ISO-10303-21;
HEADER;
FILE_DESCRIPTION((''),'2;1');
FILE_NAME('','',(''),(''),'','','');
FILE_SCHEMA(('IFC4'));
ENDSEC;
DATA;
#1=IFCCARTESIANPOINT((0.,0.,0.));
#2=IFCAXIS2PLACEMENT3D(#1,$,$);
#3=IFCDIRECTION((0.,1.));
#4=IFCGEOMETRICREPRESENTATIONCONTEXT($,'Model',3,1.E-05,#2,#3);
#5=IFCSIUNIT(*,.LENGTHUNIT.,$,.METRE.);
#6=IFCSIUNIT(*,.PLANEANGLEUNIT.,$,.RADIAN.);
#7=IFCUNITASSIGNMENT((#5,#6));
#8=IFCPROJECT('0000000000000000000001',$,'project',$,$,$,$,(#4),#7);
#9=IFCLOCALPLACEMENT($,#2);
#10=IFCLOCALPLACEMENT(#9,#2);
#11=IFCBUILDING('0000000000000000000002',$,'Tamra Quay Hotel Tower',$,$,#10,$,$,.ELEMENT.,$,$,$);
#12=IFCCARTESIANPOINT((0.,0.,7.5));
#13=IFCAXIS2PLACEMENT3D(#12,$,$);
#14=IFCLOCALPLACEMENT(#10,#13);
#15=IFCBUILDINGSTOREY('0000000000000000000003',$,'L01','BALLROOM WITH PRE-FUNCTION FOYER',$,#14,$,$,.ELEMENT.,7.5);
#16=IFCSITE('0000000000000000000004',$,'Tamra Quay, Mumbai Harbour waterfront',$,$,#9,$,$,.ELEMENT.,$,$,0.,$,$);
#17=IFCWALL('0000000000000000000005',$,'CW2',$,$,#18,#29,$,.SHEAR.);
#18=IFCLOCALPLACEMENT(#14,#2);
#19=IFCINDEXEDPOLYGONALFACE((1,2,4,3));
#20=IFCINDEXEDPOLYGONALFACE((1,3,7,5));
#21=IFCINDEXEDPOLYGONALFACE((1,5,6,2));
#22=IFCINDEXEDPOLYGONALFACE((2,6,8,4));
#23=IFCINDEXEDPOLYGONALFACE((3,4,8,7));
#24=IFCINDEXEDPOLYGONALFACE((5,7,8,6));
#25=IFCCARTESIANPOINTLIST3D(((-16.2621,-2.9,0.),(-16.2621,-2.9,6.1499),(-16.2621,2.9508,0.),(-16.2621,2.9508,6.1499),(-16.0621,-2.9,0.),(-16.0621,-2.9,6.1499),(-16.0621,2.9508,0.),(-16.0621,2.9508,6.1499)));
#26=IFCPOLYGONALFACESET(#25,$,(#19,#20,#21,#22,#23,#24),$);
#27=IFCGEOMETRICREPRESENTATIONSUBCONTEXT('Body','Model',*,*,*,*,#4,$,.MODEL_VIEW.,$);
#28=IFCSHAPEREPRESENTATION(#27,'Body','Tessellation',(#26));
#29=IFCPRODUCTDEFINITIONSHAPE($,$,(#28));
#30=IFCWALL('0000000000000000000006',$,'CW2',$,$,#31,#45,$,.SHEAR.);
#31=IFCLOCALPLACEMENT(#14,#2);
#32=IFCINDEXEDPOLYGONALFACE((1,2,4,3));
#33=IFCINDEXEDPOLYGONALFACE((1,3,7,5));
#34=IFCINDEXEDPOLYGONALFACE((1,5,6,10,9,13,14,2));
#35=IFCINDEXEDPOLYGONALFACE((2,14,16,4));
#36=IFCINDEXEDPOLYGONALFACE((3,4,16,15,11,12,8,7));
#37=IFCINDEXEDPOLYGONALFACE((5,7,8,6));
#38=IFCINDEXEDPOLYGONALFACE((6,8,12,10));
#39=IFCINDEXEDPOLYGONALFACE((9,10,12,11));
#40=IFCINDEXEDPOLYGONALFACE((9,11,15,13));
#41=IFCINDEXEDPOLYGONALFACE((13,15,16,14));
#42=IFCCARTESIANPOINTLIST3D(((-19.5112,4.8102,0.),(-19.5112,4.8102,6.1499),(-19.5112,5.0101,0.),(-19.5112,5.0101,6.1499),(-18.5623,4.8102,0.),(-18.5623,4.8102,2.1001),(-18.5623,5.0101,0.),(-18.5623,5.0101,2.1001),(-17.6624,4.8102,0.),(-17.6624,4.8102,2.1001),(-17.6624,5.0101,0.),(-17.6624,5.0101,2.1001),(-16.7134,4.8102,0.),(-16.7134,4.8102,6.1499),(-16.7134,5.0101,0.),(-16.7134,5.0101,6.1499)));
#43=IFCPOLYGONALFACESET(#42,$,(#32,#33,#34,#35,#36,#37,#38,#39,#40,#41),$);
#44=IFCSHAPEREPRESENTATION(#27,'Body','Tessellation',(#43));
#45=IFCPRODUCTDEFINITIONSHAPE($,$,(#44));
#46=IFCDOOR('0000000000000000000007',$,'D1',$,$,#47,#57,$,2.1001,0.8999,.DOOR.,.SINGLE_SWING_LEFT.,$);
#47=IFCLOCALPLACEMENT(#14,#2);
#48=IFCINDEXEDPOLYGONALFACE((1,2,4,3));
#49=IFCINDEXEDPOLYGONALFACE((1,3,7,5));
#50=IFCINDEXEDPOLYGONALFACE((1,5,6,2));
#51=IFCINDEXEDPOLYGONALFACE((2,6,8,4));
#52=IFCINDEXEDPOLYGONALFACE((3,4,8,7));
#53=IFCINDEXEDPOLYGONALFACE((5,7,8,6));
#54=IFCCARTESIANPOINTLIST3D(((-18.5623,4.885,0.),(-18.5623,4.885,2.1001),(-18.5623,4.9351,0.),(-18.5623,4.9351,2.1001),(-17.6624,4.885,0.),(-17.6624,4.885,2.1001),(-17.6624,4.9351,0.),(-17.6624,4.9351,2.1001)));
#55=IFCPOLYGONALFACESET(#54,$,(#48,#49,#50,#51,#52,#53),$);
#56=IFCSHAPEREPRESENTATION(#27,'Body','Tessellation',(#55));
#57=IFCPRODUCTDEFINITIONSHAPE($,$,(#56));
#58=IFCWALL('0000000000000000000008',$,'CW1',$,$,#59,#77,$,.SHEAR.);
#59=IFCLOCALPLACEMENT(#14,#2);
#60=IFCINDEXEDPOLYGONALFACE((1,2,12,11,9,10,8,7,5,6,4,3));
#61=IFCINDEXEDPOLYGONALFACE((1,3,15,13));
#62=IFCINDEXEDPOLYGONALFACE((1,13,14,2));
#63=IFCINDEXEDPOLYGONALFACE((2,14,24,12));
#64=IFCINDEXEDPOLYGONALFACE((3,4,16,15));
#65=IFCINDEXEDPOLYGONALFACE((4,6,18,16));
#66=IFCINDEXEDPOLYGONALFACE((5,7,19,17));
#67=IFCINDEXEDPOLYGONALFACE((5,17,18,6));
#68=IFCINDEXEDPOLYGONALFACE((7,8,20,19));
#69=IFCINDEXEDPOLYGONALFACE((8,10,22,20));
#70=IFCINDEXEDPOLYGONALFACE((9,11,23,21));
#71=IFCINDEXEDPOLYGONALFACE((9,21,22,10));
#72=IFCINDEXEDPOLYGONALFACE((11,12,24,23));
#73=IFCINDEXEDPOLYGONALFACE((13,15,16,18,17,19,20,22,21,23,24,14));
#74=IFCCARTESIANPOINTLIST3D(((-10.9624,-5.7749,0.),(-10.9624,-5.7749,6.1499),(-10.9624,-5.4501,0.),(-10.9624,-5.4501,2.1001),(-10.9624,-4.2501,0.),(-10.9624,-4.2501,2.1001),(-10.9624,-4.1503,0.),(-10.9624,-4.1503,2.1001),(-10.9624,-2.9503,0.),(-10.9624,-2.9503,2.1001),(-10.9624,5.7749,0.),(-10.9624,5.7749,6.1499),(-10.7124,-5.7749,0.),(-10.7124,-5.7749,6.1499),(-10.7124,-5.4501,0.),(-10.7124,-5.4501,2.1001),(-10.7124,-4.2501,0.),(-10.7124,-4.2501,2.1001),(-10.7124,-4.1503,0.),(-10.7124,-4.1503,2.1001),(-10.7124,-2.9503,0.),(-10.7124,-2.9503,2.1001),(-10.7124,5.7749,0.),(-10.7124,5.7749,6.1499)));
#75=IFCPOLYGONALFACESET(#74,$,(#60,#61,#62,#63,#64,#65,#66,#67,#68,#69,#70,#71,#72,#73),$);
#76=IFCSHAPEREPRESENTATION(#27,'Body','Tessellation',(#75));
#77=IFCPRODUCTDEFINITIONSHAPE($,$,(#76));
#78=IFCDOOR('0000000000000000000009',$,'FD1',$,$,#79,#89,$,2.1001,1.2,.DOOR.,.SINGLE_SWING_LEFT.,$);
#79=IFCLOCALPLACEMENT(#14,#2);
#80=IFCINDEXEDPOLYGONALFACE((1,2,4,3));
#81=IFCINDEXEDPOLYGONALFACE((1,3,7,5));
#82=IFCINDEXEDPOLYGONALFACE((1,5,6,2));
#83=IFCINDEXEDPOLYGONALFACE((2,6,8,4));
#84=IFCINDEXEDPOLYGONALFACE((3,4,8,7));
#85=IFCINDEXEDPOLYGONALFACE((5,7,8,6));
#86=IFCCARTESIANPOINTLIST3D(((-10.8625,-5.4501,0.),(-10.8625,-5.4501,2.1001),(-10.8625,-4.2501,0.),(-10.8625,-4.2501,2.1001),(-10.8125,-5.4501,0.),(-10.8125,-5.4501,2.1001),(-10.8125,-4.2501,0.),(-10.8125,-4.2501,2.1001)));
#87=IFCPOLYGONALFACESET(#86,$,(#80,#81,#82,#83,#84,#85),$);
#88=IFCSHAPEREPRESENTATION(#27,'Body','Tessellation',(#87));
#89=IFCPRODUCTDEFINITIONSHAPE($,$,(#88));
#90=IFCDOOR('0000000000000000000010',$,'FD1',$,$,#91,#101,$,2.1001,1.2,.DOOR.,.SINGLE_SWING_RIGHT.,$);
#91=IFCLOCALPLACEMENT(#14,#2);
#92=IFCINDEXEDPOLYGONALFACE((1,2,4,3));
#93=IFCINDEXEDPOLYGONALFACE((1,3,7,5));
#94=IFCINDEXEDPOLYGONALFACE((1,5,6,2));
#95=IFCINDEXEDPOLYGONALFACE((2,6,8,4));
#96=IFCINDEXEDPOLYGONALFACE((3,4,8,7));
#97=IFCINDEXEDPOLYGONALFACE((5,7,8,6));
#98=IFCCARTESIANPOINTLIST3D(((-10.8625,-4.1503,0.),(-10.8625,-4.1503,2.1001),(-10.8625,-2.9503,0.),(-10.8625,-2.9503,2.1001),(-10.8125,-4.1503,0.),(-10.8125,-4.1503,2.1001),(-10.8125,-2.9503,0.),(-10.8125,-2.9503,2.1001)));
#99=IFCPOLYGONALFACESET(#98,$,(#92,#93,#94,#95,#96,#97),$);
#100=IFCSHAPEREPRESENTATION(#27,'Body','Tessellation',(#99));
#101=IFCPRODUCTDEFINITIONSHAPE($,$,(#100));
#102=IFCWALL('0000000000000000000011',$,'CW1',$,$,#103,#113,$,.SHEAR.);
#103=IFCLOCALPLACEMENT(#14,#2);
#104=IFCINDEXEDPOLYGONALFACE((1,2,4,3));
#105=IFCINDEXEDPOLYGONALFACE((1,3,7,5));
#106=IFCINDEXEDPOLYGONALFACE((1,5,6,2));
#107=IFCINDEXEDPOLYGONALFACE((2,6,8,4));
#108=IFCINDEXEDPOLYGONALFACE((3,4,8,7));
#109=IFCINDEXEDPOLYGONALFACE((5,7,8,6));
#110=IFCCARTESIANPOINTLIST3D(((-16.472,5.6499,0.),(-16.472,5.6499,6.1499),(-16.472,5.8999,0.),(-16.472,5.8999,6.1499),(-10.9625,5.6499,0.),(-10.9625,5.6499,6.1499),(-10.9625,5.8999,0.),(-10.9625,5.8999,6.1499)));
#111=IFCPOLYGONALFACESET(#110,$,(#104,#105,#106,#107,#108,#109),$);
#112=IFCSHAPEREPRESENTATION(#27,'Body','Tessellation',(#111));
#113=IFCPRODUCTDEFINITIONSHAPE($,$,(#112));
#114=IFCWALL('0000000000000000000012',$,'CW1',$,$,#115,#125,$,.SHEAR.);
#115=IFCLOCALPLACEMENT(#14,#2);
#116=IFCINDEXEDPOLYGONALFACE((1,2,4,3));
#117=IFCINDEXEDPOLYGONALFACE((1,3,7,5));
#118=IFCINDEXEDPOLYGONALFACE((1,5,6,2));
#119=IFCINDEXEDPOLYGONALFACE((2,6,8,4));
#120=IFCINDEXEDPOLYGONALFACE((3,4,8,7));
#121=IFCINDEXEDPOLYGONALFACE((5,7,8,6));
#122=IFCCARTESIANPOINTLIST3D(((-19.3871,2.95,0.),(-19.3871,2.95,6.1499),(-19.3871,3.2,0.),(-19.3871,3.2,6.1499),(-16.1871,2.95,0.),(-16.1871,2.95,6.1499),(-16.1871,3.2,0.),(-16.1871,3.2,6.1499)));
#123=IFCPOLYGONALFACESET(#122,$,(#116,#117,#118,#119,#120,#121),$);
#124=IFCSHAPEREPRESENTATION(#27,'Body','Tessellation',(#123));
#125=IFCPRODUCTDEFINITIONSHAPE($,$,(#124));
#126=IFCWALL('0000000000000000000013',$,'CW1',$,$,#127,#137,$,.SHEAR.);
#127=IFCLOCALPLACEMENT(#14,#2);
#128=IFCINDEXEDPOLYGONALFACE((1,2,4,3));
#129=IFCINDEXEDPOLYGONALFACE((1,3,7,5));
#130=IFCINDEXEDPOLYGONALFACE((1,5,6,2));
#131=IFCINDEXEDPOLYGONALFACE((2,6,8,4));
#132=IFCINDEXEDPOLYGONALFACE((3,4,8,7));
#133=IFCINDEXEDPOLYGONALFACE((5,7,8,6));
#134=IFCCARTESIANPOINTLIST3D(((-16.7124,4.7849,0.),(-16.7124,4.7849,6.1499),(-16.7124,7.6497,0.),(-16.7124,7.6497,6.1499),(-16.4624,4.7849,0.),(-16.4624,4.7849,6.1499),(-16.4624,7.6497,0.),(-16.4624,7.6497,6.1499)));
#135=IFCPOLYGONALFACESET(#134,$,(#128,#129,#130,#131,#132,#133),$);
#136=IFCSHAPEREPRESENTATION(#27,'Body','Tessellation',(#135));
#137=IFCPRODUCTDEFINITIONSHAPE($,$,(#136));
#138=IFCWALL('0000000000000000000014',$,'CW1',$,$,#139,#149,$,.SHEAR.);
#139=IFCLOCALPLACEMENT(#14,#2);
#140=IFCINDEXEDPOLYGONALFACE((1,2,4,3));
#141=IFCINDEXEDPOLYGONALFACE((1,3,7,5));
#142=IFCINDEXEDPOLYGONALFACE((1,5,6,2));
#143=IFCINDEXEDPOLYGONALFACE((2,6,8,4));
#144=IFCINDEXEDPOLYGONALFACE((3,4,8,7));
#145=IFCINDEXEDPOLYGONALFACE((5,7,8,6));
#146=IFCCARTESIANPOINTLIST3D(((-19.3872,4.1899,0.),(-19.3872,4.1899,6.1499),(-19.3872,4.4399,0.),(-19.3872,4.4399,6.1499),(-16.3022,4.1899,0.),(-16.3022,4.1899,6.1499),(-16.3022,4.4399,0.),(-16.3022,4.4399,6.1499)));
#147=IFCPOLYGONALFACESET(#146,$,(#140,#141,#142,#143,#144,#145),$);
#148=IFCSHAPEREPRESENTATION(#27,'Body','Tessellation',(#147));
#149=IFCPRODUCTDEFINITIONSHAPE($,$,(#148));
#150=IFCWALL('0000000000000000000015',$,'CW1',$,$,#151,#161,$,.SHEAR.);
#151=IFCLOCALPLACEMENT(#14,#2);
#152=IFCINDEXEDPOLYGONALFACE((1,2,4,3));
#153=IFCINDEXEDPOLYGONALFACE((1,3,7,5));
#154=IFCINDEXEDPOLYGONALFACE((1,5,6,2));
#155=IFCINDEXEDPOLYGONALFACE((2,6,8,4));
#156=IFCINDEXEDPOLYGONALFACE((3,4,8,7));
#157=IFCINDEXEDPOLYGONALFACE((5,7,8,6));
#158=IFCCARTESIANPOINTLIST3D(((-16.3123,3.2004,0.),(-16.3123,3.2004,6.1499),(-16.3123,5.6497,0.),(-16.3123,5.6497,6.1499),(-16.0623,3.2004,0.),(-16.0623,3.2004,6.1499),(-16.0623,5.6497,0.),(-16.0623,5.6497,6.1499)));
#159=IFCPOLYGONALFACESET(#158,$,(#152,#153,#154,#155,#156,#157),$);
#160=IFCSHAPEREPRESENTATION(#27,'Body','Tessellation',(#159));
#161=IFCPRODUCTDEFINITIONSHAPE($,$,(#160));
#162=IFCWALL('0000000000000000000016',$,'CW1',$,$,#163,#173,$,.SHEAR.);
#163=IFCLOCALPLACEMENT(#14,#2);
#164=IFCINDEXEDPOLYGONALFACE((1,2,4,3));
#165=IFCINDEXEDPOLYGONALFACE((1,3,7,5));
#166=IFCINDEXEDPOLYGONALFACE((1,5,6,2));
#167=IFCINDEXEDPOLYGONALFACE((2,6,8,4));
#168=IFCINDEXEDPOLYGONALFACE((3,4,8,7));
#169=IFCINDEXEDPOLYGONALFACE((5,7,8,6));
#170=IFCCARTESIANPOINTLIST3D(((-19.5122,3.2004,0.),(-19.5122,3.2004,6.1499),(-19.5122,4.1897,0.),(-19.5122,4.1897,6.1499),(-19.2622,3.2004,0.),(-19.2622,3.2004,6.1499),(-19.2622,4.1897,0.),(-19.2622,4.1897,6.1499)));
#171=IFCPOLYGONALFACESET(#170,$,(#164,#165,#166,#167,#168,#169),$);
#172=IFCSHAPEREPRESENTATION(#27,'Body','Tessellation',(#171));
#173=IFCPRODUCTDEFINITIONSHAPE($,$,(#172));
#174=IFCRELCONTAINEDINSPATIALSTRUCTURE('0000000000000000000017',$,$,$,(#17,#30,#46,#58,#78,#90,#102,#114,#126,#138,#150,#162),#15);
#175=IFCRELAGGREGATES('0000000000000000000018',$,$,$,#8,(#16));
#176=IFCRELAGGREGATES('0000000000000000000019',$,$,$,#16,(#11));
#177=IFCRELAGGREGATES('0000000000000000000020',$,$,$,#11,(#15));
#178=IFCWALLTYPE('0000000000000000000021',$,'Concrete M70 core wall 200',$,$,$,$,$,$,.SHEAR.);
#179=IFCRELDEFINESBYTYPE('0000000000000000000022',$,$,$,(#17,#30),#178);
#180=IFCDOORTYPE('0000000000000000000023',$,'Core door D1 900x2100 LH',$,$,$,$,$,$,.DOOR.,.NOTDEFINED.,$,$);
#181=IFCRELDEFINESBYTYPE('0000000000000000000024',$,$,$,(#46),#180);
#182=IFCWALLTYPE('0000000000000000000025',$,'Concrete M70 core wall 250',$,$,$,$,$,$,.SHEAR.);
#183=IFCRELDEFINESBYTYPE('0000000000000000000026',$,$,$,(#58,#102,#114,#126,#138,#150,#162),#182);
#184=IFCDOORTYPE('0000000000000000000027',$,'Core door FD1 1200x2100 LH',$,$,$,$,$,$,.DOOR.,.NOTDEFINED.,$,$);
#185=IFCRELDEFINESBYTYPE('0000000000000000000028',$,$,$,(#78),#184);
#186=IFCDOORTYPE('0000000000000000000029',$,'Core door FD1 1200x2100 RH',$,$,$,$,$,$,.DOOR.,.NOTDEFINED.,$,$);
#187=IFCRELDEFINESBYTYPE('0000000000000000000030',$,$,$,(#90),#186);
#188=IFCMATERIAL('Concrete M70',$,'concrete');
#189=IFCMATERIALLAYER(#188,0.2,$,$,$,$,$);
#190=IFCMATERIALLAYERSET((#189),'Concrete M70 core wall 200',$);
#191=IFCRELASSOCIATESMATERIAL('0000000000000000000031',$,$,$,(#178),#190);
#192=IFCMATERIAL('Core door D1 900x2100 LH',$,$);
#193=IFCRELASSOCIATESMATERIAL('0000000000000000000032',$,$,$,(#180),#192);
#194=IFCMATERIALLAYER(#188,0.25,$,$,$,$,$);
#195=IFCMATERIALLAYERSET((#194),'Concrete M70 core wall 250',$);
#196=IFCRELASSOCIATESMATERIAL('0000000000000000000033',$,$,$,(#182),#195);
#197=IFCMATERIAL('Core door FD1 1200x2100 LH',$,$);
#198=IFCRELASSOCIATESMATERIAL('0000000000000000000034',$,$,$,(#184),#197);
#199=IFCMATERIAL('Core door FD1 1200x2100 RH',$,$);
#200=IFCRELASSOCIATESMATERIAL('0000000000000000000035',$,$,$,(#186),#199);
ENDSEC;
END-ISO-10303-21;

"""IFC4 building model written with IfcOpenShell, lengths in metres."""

from ifc_helpers import new_model, si_unit, direction, frame, frame_2d, origin, place, context, subcontext, project, spatial, rectangle, extrude, material, layer, layer_set, type_object, element, fill, save


model = new_model("IFC4")

# Units and contexts
model_context = context("Model", 3, precision=1e-05, world=origin(), true_north=direction((0.0, 1.0)))
body_context = subcontext(model_context, "Body", "Model", "MODEL_VIEW")
ifc_project = project(units=[si_unit("LENGTHUNIT", "METRE"), si_unit("PLANEANGLEUNIT", "RADIAN")], contexts=[model_context])

# Site, building, storey
site_placement = place(None, origin())
site = spatial("IfcSite", under=ifc_project, at=site_placement, Name="Tamra Quay, Mumbai Harbour waterfront", CompositionType="ELEMENT", RefElevation=0.0)
building_placement = place(site_placement, origin())
building = spatial("IfcBuilding", under=site, at=building_placement, Name="Tamra Quay Hotel Tower", CompositionType="ELEMENT")
storey_placement = place(building_placement, frame((0.0, 0.0, 7.5)))
storey = spatial("IfcBuildingStorey", under=building, at=storey_placement, Name="L01", Description="BALLROOM WITH PRE-FUNCTION FOYER", CompositionType="ELEMENT", Elevation=7.5)

# Shared definitions
ifc_material_1 = material(Name="Concrete M70", Category="concrete")

# Wall
ifc_layer_1 = layer(ifc_material_1, 0.2)
ifc_layer_set_1 = layer_set([ifc_layer_1], Name="Concrete M70 core wall 200")
wall_type_1 = type_object("IfcWallType", Name="Concrete M70 core wall 200", PredefinedType="SHEAR", material=ifc_layer_set_1)
wall_1_placement = place(storey_placement, frame((-16.1621, 2.9507, 0.0), z_axis=(0.0, 0.0, 1.0), x_axis=(0.0, -1.0, 0.0)))
element("IfcWall", 1, at=wall_1_placement, inside=storey, type_object=wall_type_1, Name="CW2", PredefinedType="SHEAR", context=body_context, shape_type="SweptSolid", body=[
    extrude(rectangle(XDim=5.8508, YDim=0.2, at=frame_2d((2.9253, 0.0))), origin(), (0.0, 0.0, 1.0), 6.1499),
])

# Wall, opening, door
wall_2_placement = place(storey_placement, frame((-19.5112, 4.9102, 0.0), z_axis=(0.0, 0.0, 1.0), x_axis=(1.0, 0.0, 0.0)))
wall_2 = element("IfcWall", 2, at=wall_2_placement, inside=storey, type_object=wall_type_1, Name="CW2", PredefinedType="SHEAR", context=body_context, shape_type="SweptSolid", body=[
    extrude(rectangle(XDim=2.7979, YDim=0.2, at=frame_2d((1.3989, 0.0))), origin(), (0.0, 0.0, 1.0), 6.1499),
])
opening_1_placement = place(wall_2_placement, frame((0.949, 0.0, 0.0)))
opening_1 = element("IfcOpeningElement", 3, at=opening_1_placement, cuts=wall_2, PredefinedType="OPENING", context=body_context, shape_type="SweptSolid", body=[
    extrude(rectangle(XDim=0.8999, YDim=2.1001, at=frame_2d((0.45, 1.05))), frame((0.0, 0.1099, 0.0), z_axis=(0.0, -1.0, 0.0), x_axis=(1.0, 0.0, 0.0)), (0.0, 0.0, 1.0), 0.22),
])
ifc_material_2 = material(Name="Core door D1 900x2100 LH")
door_type_1 = type_object("IfcDoorType", Name="Core door D1 900x2100 LH", OperationType="NOTDEFINED", PredefinedType="DOOR", material=ifc_material_2)
door_1_placement = place(opening_1_placement, origin())
door_1 = element("IfcDoor", 4, at=door_1_placement, inside=storey, type_object=door_type_1, Name="D1", OperationType="SINGLE_SWING_LEFT", OverallHeight=2.1001, OverallWidth=0.8999, PredefinedType="DOOR", context=body_context, shape_type="SweptSolid", body=[
    extrude(rectangle(XDim=0.8999, YDim=2.1001, at=frame_2d((0.45, 1.05))), frame((0.0, 0.0249, 0.0), z_axis=(0.0, -1.0, 0.0), x_axis=(1.0, 0.0, 0.0)), (0.0, 0.0, 1.0), 0.05),
])
fill(opening_1, door_1)

# Wall, openings, doors
ifc_layer_2 = layer(ifc_material_1, 0.25)
ifc_layer_set_2 = layer_set([ifc_layer_2], Name="Concrete M70 core wall 250")
wall_type_2 = type_object("IfcWallType", Name="Concrete M70 core wall 250", PredefinedType="SHEAR", material=ifc_layer_set_2)
wall_3_placement = place(storey_placement, frame((-10.8374, 5.7749, 0.0), z_axis=(0.0, 0.0, 1.0), x_axis=(0.0, -1.0, 0.0)))
wall_3 = element("IfcWall", 5, at=wall_3_placement, inside=storey, type_object=wall_type_2, Name="CW1", PredefinedType="SHEAR", context=body_context, shape_type="SweptSolid", body=[
    extrude(rectangle(XDim=11.5498, YDim=0.25, at=frame_2d((5.7749, 0.0))), origin(), (0.0, 0.0, 1.0), 6.1499),
])
opening_2_placement = place(wall_3_placement, frame((10.0249, 0.0, 0.0)))
opening_2 = element("IfcOpeningElement", 6, at=opening_2_placement, cuts=wall_3, PredefinedType="OPENING", context=body_context, shape_type="SweptSolid", body=[
    extrude(rectangle(XDim=1.2, YDim=2.1001, at=frame_2d((0.6001, 1.05))), frame((0.0, 0.135, 0.0), z_axis=(0.0, -1.0, 0.0), x_axis=(1.0, 0.0, 0.0)), (0.0, 0.0, 1.0), 0.27),
])
opening_3_placement = place(wall_3_placement, frame((8.7251, 0.0, 0.0)))
opening_3 = element("IfcOpeningElement", 7, at=opening_3_placement, cuts=wall_3, PredefinedType="OPENING", context=body_context, shape_type="SweptSolid", body=[
    extrude(rectangle(XDim=1.2, YDim=2.1001, at=frame_2d((0.6001, 1.05))), frame((0.0, 0.135, 0.0), z_axis=(0.0, -1.0, 0.0), x_axis=(1.0, 0.0, 0.0)), (0.0, 0.0, 1.0), 0.27),
])
ifc_material_3 = material(Name="Core door FD1 1200x2100 LH")
door_type_2 = type_object("IfcDoorType", Name="Core door FD1 1200x2100 LH", OperationType="NOTDEFINED", PredefinedType="DOOR", material=ifc_material_3)
door_2_placement = place(opening_2_placement, origin())
door_2 = element("IfcDoor", 8, at=door_2_placement, inside=storey, type_object=door_type_2, Name="FD1", OperationType="SINGLE_SWING_LEFT", OverallHeight=2.1001, OverallWidth=1.2, PredefinedType="DOOR", context=body_context, shape_type="SweptSolid", body=[
    extrude(rectangle(XDim=1.2, YDim=2.1001, at=frame_2d((0.6001, 1.05))), frame((0.0, 0.0249, 0.0), z_axis=(0.0, -1.0, 0.0), x_axis=(1.0, 0.0, 0.0)), (0.0, 0.0, 1.0), 0.05),
])
fill(opening_2, door_2)
ifc_material_4 = material(Name="Core door FD1 1200x2100 RH")
door_type_3 = type_object("IfcDoorType", Name="Core door FD1 1200x2100 RH", OperationType="NOTDEFINED", PredefinedType="DOOR", material=ifc_material_4)
door_3_placement = place(opening_3_placement, origin())
door_3 = element("IfcDoor", 9, at=door_3_placement, inside=storey, type_object=door_type_3, Name="FD1", OperationType="SINGLE_SWING_RIGHT", OverallHeight=2.1001, OverallWidth=1.2, PredefinedType="DOOR", context=body_context, shape_type="SweptSolid", body=[
    extrude(rectangle(XDim=1.2, YDim=2.1001, at=frame_2d((0.6001, 1.05))), frame((0.0, 0.0249, 0.0), z_axis=(0.0, -1.0, 0.0), x_axis=(1.0, 0.0, 0.0)), (0.0, 0.0, 1.0), 0.05),
])
fill(opening_3, door_3)

# Walls
wall_4_placement = place(storey_placement, frame((-16.4722, 5.7749, 0.0), z_axis=(0.0, 0.0, 1.0), x_axis=(1.0, 0.0, 0.0)))
element("IfcWall", 10, at=wall_4_placement, inside=storey, type_object=wall_type_2, Name="CW1", PredefinedType="SHEAR", context=body_context, shape_type="SweptSolid", body=[
    extrude(rectangle(XDim=5.5095, YDim=0.25, at=frame_2d((2.7549, 0.0))), origin(), (0.0, 0.0, 1.0), 6.1499),
])
wall_5_placement = place(storey_placement, frame((-19.3872, 3.075, 0.0), z_axis=(0.0, 0.0, 1.0), x_axis=(1.0, 0.0, 0.0)))
element("IfcWall", 11, at=wall_5_placement, inside=storey, type_object=wall_type_2, Name="CW1", PredefinedType="SHEAR", context=body_context, shape_type="SweptSolid", body=[
    extrude(rectangle(XDim=3.2, YDim=0.25, at=frame_2d((1.6001, 0.0))), origin(), (0.0, 0.0, 1.0), 6.1499),
])
wall_6_placement = place(storey_placement, frame((-16.5874, 7.6497, 0.0), z_axis=(0.0, 0.0, 1.0), x_axis=(0.0, -1.0, 0.0)))
element("IfcWall", 12, at=wall_6_placement, inside=storey, type_object=wall_type_2, Name="CW1", PredefinedType="SHEAR", context=body_context, shape_type="SweptSolid", body=[
    extrude(rectangle(XDim=2.8647, YDim=0.25, at=frame_2d((1.4324, 0.0))), origin(), (0.0, 0.0, 1.0), 6.1499),
])
wall_7_placement = place(storey_placement, frame((-16.3022, 4.3149, 0.0), z_axis=(0.0, 0.0, 1.0), x_axis=(-1.0, 0.0, 0.0)))
element("IfcWall", 13, at=wall_7_placement, inside=storey, type_object=wall_type_2, Name="CW1", PredefinedType="SHEAR", context=body_context, shape_type="SweptSolid", body=[
    extrude(rectangle(XDim=3.085, YDim=0.25, at=frame_2d((1.5425, 0.0))), origin(), (0.0, 0.0, 1.0), 6.1499),
])
wall_8_placement = place(storey_placement, frame((-16.1873, 3.2004, 0.0), z_axis=(0.0, 0.0, 1.0), x_axis=(0.0, 1.0, 0.0)))
element("IfcWall", 14, at=wall_8_placement, inside=storey, type_object=wall_type_2, Name="CW1", PredefinedType="SHEAR", context=body_context, shape_type="SweptSolid", body=[
    extrude(rectangle(XDim=2.4492, YDim=0.25, at=frame_2d((1.2246, 0.0))), origin(), (0.0, 0.0, 1.0), 6.1499),
])
wall_9_placement = place(storey_placement, frame((-19.3872, 4.1897, 0.0), z_axis=(0.0, 0.0, 1.0), x_axis=(0.0, -1.0, 0.0)))
element("IfcWall", 15, at=wall_9_placement, inside=storey, type_object=wall_type_2, Name="CW1", PredefinedType="SHEAR", context=body_context, shape_type="SweptSolid", body=[
    extrude(rectangle(XDim=0.9893, YDim=0.25, at=frame_2d((0.4946, 0.0))), origin(), (0.0, 0.0, 1.0), 6.1499),
])

save(model, "model.ifc")
